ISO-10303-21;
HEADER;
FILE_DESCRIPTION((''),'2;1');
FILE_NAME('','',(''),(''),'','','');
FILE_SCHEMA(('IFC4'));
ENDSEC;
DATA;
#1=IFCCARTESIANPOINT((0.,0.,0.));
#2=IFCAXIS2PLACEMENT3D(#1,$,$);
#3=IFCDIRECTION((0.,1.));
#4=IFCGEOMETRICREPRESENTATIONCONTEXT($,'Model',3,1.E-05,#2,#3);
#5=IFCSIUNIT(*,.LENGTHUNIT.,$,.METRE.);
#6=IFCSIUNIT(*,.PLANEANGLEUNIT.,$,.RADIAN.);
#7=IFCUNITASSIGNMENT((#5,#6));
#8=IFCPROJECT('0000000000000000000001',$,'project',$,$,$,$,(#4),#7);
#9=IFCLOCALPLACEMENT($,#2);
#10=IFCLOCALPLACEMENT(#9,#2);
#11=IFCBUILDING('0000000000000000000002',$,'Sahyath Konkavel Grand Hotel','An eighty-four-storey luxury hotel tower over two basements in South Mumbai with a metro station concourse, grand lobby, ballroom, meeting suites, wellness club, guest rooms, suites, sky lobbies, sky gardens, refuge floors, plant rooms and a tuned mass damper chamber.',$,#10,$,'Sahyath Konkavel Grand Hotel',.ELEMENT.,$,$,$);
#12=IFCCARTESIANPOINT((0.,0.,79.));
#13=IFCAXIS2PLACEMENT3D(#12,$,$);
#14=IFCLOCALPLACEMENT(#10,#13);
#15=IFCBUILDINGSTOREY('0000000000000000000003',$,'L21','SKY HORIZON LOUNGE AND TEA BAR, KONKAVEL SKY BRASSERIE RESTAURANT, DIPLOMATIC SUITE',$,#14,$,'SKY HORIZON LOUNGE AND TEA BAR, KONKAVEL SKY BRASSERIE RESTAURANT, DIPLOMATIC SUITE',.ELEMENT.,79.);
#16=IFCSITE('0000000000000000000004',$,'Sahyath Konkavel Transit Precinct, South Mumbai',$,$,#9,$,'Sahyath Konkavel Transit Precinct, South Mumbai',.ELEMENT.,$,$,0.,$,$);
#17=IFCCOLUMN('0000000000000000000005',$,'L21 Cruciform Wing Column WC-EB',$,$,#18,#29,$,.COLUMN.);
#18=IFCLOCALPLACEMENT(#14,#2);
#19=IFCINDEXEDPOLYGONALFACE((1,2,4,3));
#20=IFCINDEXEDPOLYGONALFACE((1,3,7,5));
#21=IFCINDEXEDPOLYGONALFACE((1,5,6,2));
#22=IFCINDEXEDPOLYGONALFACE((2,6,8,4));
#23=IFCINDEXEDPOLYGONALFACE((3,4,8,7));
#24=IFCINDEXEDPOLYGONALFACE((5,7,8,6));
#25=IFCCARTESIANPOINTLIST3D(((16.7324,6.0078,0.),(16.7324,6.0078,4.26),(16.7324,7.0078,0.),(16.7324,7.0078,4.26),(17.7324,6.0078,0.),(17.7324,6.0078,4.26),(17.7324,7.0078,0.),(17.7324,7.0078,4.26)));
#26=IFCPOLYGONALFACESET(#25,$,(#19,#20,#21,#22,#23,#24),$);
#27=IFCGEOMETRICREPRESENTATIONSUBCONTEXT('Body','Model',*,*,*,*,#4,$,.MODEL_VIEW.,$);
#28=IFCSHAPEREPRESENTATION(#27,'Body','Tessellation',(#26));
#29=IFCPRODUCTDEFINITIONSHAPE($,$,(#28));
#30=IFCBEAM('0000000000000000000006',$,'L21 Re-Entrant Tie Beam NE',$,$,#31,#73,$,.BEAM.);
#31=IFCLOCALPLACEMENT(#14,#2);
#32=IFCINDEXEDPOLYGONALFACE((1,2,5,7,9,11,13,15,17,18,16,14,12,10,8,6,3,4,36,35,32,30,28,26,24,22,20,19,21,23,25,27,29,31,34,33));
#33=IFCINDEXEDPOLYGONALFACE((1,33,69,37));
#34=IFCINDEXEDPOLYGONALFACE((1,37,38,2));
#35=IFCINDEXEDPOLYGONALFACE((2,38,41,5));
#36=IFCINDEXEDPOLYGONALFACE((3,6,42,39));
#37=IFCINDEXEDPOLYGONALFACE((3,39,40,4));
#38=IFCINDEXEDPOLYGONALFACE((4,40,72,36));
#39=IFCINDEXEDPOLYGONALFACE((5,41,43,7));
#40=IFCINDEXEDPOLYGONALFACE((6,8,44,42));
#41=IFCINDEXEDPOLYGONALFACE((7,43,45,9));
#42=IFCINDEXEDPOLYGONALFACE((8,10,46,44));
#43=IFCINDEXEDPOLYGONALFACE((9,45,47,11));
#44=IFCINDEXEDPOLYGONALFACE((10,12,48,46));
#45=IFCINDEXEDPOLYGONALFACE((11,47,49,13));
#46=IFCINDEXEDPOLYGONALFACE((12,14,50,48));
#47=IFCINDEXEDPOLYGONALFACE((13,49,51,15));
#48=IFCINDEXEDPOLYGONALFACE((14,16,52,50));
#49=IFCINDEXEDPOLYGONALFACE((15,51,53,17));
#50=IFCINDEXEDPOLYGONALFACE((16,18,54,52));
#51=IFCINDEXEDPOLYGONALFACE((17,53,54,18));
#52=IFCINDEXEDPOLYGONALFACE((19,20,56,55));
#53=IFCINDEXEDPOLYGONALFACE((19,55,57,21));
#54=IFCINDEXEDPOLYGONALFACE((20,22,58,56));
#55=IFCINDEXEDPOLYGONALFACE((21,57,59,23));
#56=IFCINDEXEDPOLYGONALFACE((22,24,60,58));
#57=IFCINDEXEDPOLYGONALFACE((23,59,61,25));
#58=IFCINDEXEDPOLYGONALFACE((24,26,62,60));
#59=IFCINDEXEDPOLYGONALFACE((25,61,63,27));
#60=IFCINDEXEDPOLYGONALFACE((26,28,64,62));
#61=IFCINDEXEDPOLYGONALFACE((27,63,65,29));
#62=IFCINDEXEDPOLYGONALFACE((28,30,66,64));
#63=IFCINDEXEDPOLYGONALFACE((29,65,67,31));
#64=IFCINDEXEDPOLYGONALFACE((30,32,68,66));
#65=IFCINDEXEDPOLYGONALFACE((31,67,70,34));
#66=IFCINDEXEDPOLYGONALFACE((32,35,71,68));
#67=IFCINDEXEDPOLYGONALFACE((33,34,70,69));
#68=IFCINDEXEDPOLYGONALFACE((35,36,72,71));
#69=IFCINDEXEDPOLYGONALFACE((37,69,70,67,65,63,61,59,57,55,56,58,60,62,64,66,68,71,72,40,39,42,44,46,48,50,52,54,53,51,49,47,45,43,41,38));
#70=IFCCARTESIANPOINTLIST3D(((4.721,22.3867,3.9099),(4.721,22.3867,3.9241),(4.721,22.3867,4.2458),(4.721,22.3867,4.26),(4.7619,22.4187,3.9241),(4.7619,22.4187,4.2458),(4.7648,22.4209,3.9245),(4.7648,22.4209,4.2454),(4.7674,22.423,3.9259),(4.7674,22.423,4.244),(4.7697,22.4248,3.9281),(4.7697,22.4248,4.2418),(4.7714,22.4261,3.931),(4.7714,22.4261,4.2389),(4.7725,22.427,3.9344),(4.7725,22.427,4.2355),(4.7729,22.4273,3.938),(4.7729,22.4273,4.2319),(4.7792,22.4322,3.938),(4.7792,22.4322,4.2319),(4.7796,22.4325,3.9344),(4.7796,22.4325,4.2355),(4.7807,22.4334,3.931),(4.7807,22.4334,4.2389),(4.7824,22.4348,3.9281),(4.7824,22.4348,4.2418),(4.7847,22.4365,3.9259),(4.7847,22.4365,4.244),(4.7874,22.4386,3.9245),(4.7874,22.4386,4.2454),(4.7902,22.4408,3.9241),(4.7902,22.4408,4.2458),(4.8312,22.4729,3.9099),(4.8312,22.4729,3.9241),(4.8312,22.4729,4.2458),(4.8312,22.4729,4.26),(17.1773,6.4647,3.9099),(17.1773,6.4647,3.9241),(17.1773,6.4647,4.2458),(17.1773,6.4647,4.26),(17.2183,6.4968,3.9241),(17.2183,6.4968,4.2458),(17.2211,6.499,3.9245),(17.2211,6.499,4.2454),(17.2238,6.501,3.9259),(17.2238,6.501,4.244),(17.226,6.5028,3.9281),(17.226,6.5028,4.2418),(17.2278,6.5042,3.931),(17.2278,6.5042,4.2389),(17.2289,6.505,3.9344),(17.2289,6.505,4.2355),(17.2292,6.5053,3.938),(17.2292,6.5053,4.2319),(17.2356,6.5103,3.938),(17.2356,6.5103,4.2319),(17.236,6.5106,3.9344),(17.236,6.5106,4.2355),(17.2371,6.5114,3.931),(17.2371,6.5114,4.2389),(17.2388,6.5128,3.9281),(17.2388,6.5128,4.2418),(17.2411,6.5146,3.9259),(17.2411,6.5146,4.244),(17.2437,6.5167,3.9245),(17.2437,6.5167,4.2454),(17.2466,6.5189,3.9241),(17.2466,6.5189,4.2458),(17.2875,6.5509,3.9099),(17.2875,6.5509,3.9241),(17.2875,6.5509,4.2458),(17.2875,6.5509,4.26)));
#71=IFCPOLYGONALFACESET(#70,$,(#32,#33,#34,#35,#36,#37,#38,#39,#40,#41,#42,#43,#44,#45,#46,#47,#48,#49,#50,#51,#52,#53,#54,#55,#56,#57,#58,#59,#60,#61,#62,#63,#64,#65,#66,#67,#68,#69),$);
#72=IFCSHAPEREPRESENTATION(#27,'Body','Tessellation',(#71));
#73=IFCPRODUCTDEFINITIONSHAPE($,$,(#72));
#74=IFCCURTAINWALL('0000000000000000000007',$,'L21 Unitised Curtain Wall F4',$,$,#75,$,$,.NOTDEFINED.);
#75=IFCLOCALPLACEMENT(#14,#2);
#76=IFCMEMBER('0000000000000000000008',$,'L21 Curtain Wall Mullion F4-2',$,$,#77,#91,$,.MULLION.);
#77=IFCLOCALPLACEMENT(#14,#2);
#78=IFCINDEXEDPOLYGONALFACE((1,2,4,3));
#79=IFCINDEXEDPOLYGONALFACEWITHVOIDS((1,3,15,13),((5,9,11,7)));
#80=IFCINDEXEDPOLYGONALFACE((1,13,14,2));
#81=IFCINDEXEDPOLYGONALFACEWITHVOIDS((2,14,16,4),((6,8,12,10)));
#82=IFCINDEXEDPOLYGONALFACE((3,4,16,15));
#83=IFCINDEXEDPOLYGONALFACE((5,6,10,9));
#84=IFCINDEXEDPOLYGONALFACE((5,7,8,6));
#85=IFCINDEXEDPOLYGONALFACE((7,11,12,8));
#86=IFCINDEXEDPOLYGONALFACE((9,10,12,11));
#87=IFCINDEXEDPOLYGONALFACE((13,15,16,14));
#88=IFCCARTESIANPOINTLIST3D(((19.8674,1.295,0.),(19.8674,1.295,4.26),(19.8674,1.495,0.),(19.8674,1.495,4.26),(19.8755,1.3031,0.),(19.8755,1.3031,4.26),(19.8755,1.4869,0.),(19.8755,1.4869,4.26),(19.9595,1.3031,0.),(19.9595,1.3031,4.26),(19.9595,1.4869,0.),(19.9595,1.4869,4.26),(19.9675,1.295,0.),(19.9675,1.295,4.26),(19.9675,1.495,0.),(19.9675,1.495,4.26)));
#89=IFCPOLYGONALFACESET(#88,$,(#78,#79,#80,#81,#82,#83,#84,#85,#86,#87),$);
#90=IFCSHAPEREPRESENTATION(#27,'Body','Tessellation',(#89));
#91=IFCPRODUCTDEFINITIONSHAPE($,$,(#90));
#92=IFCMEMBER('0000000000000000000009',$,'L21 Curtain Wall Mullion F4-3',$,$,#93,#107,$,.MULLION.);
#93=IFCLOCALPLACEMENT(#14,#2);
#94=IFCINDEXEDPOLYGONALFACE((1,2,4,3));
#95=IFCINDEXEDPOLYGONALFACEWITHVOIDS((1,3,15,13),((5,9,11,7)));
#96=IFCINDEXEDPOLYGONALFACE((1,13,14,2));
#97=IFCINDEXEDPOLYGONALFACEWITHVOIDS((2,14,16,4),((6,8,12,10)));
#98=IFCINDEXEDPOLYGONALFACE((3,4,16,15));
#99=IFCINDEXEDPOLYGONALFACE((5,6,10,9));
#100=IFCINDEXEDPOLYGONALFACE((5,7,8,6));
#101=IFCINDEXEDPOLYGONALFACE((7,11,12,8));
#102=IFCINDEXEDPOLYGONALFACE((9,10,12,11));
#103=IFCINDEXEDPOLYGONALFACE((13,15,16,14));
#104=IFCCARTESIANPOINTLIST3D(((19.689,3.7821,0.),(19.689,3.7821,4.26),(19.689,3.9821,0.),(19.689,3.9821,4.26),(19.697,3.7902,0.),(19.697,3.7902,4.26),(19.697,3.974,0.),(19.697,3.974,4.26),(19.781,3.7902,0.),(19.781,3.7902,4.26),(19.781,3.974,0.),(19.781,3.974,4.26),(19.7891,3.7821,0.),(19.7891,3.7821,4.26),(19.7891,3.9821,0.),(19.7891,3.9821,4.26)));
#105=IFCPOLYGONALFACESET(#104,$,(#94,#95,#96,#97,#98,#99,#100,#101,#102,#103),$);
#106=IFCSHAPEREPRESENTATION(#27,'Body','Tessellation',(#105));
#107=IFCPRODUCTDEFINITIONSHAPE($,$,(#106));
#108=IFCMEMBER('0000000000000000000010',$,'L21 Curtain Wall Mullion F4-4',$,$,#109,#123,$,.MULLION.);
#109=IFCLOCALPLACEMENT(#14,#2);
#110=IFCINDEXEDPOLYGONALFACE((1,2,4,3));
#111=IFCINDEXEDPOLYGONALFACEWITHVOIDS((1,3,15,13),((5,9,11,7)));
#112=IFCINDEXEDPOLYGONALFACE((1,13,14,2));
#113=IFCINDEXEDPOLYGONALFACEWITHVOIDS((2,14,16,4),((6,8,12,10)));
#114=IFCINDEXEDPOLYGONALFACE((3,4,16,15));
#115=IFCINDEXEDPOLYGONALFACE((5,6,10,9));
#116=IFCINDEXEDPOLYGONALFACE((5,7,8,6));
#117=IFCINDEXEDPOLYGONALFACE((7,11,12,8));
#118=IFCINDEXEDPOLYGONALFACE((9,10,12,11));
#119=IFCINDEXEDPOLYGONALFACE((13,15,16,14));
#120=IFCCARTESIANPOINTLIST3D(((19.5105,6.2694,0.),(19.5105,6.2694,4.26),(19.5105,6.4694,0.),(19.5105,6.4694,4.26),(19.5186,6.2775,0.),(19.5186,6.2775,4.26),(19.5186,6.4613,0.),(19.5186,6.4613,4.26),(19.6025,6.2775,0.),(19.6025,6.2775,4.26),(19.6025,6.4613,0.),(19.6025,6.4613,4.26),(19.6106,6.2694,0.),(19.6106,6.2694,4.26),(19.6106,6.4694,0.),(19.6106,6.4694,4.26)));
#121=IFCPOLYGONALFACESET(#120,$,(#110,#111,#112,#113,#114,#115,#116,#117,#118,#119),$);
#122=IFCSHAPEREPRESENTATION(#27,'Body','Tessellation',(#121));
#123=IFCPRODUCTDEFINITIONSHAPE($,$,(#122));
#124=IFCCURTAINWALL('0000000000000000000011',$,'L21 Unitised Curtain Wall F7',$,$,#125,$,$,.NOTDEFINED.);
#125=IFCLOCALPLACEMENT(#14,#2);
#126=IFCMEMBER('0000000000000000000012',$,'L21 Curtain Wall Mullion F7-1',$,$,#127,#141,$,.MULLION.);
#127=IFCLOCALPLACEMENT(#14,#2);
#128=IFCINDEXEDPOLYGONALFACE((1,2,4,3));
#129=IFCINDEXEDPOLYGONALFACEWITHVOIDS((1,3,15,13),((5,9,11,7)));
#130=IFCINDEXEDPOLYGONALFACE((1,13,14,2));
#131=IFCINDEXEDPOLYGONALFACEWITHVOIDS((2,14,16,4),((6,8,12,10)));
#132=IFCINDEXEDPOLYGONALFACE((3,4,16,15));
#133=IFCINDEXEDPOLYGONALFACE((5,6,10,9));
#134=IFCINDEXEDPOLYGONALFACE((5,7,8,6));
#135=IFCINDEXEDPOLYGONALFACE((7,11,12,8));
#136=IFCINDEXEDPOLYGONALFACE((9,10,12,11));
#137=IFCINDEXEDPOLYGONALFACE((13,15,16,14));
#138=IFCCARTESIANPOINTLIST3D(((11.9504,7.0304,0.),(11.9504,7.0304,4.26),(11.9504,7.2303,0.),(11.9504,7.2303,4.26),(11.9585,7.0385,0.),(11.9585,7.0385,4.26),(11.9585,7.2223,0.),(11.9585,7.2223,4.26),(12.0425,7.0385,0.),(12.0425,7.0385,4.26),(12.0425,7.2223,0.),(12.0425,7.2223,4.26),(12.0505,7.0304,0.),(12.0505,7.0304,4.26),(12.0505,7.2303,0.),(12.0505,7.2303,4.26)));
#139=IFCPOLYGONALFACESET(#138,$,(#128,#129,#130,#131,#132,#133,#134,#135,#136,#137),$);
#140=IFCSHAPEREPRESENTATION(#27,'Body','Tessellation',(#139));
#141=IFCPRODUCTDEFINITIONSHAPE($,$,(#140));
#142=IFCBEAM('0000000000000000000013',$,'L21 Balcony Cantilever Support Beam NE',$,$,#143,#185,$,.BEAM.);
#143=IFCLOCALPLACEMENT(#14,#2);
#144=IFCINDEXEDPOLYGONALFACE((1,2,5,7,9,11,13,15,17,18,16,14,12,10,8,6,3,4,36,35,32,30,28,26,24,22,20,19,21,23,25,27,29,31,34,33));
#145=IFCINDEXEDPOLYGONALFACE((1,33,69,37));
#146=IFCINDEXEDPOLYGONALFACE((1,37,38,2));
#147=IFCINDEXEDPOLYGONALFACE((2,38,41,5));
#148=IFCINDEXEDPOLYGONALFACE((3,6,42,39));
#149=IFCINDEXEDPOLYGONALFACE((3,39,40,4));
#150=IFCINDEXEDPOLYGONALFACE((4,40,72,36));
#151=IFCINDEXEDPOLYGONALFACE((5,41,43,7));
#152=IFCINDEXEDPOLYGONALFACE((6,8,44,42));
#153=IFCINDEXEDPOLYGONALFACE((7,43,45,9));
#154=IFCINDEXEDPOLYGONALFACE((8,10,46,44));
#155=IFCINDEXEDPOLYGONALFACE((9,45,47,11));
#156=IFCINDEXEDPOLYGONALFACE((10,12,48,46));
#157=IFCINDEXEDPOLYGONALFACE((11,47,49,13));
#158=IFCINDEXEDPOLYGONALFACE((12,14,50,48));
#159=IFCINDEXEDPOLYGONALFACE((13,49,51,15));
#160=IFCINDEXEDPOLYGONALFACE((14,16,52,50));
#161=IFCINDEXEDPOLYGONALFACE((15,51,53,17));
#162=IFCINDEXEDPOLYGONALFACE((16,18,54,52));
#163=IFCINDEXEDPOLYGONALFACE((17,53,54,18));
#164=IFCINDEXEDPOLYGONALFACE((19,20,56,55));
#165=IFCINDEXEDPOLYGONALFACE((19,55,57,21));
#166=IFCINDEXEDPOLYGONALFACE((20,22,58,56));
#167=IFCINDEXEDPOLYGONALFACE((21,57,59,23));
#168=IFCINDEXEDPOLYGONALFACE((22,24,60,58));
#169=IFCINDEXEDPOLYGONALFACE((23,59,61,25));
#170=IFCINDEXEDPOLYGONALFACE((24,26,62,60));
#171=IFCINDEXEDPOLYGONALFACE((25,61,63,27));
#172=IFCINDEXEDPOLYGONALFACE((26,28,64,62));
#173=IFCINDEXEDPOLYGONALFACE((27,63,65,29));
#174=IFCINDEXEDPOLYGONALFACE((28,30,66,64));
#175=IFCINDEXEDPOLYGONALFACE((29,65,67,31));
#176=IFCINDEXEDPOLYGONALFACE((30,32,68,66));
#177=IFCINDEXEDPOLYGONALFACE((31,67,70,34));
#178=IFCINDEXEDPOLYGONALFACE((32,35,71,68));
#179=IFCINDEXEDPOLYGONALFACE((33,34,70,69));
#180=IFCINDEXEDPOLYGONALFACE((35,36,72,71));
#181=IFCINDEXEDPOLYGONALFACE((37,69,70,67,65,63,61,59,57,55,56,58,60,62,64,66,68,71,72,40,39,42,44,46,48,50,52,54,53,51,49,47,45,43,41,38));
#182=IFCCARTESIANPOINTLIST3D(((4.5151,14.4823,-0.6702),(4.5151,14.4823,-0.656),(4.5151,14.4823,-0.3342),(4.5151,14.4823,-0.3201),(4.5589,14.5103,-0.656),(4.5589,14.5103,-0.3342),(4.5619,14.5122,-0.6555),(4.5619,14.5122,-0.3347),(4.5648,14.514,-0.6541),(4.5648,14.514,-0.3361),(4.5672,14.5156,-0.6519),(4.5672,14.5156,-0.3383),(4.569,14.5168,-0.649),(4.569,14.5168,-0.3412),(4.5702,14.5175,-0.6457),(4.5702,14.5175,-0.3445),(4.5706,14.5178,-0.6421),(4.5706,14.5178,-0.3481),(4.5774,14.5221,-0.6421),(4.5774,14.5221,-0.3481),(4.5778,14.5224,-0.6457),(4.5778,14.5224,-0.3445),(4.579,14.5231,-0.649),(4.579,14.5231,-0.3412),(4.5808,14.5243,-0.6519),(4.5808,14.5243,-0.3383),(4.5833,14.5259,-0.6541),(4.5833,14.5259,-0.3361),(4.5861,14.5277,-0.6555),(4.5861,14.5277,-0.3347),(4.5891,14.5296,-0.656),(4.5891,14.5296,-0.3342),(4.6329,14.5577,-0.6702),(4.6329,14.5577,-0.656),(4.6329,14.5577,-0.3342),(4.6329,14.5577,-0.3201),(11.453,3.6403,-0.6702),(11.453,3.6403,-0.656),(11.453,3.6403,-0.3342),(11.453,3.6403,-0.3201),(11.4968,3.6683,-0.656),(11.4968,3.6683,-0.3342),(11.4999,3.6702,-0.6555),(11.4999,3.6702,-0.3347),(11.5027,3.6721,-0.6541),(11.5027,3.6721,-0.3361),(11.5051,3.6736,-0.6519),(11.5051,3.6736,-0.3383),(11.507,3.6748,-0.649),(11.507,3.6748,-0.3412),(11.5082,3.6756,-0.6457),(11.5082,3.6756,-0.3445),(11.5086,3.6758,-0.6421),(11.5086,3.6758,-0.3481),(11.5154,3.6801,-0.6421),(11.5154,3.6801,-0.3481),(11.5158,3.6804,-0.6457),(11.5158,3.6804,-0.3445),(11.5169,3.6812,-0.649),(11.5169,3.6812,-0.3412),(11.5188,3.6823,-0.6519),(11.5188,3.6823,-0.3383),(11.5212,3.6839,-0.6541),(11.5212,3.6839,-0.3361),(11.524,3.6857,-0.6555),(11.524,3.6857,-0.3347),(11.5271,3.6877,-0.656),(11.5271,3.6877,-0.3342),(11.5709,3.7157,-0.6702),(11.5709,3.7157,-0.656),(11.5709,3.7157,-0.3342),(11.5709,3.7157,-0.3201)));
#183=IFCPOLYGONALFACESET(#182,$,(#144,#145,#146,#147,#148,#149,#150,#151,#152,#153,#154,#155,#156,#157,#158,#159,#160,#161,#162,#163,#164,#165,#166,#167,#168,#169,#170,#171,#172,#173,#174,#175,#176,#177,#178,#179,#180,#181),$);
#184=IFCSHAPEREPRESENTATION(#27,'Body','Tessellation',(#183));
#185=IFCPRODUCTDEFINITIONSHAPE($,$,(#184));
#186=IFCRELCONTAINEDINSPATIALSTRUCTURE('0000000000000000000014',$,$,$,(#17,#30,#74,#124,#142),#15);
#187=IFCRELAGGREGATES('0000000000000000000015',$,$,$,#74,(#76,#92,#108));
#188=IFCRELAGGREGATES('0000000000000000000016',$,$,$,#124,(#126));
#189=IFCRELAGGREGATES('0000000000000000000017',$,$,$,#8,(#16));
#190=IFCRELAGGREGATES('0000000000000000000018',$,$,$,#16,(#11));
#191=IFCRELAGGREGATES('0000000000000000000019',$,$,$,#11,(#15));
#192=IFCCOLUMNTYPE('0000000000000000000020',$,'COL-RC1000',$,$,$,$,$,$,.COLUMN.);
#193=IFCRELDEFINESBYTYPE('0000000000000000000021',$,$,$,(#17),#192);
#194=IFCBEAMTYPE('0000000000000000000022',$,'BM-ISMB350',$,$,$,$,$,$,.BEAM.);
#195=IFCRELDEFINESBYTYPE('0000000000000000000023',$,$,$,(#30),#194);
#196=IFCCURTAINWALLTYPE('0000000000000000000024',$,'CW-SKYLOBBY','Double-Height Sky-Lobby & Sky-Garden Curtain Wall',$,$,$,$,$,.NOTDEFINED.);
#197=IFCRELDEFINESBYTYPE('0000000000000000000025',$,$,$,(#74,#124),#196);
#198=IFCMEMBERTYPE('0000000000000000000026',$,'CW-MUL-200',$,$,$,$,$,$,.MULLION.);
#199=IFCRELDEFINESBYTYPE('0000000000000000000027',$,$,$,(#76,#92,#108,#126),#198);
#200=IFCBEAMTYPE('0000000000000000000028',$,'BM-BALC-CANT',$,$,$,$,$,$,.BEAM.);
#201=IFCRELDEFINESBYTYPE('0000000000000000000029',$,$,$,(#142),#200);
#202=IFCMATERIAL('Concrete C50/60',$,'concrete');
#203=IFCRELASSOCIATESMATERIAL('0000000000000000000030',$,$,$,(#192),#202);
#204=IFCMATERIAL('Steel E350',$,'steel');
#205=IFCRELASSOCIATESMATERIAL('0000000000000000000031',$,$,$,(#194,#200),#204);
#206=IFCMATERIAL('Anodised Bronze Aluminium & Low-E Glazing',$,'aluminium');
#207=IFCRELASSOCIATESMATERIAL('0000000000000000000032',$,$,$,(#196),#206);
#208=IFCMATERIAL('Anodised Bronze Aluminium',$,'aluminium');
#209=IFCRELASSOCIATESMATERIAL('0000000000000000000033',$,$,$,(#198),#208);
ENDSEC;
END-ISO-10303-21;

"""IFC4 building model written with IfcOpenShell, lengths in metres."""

from ifc_helpers import new_model, si_unit, direction, frame, origin, origin_2d, place, context, subcontext, project, spatial, rectangle, hollow_rectangle, i_section, extrude, source, transform, mapped, material, material_profile, profile_set, type_object, element, aggregate, save


model = new_model("IFC4")

# Units and contexts
model_context = context("Model", 3, precision=1e-05, world=origin(), true_north=direction((0.0, 1.0)))
body_context = subcontext(model_context, "Body", "Model", "MODEL_VIEW")
ifc_project = project(units=[si_unit("LENGTHUNIT", "METRE"), si_unit("PLANEANGLEUNIT", "RADIAN")], contexts=[model_context])

# Site, building, storey
site_placement = place(None, origin())
site = spatial("IfcSite", under=ifc_project, at=site_placement, Name="Sahyath Konkavel Transit Precinct, South Mumbai", LongName="Sahyath Konkavel Transit Precinct, South Mumbai", CompositionType="ELEMENT", RefElevation=0.0)
building_placement = place(site_placement, origin())
building = spatial("IfcBuilding", under=site, at=building_placement, Name="Sahyath Konkavel Grand Hotel", Description="An eighty-four-storey luxury hotel tower over two basements in South Mumbai with a metro station concourse, grand lobby, ballroom, meeting suites, wellness club, guest rooms, suites, sky lobbies, sky gardens, refuge floors, plant rooms and a tuned mass damper chamber.", LongName="Sahyath Konkavel Grand Hotel", CompositionType="ELEMENT")
storey_placement = place(building_placement, frame((0.0, 0.0, 79.0)))
storey = spatial("IfcBuildingStorey", under=building, at=storey_placement, Name="L21", Description="SKY HORIZON LOUNGE AND TEA BAR, KONKAVEL SKY BRASSERIE RESTAURANT, DIPLOMATIC SUITE", LongName="SKY HORIZON LOUNGE AND TEA BAR, KONKAVEL SKY BRASSERIE RESTAURANT, DIPLOMATIC SUITE", CompositionType="ELEMENT", Elevation=79.0)

# Column
ifc_material_1 = material(Name="Concrete C50/60", Category="concrete")
ifc_material_profile_1 = material_profile(ifc_material_1, rectangle(XDim=1.0, YDim=1.0, at=origin_2d()), Name="RC 1000x1000")
ifc_profile_set_1 = profile_set([ifc_material_profile_1], Name="Concrete C50/60")
column_type = type_object("IfcColumnType", Name="COL-RC1000", PredefinedType="COLUMN", material=ifc_profile_set_1)
shared_shape_1 = source(origin(), body_context, "Body", "SweptSolid", [
    extrude(rectangle(XDim=1.0, YDim=1.0, at=origin_2d()), origin(), (0.0, 0.0, 1.0), 4.26),
])
column_placement = place(storey_placement, frame((17.2324, 6.5078, 0.0), z_axis=(0.0, 0.0, 1.0), x_axis=(1.0, 0.0, 0.0)))
element("IfcColumn", 1, at=column_placement, inside=storey, type_object=column_type, Name="L21 Cruciform Wing Column WC-EB", PredefinedType="COLUMN", context=body_context, shape_type="MappedRepresentation", body=[
    mapped(shared_shape_1, transform((0.0, 0.0, 0.0), scale=1.0)),
])

# Beam
ifc_material_2 = material(Name="Steel E350", Category="steel")
ifc_material_profile_2 = material_profile(ifc_material_2, i_section(OverallWidth=0.1399, OverallDepth=0.3501, WebThickness=0.0081, FlangeThickness=0.0142, FilletRadius=0.0139, at=origin_2d()), Name="ISMB 350")
ifc_profile_set_2 = profile_set([ifc_material_profile_2], Name="Steel E350")
beam_type_1 = type_object("IfcBeamType", Name="BM-ISMB350", PredefinedType="BEAM", material=ifc_profile_set_2)
shared_shape_2 = source(origin(), body_context, "Body", "SweptSolid", [
    extrude(i_section(OverallWidth=0.1399, OverallDepth=0.3501, WebThickness=0.0081, FlangeThickness=0.0142, FilletRadius=0.0139, at=origin_2d()), origin(), (0.0, 0.0, 1.0), 20.2156),
])
beam_1_placement = place(storey_placement, frame((17.2324, 6.5078, 4.085), z_axis=(-0.616176, 0.787608, 0.0), x_axis=(-0.787608, -0.616176, 0.0)))
element("IfcBeam", 2, at=beam_1_placement, inside=storey, type_object=beam_type_1, Name="L21 Re-Entrant Tie Beam NE", PredefinedType="BEAM", context=body_context, shape_type="MappedRepresentation", body=[
    mapped(shared_shape_2, transform((0.0, 0.0, 0.0), scale=1.0)),
])

# Curtain wall, members
ifc_material_3 = material(Name="Anodised Bronze Aluminium & Low-E Glazing", Category="aluminium")
curtain_wall_type = type_object("IfcCurtainWallType", Name="CW-SKYLOBBY", Description="Double-Height Sky-Lobby & Sky-Garden Curtain Wall", PredefinedType="NOTDEFINED", material=ifc_material_3)
curtain_wall_1_placement = place(storey_placement, origin())
curtain_wall_1 = element("IfcCurtainWall", 3, at=curtain_wall_1_placement, inside=storey, type_object=curtain_wall_type, Name="L21 Unitised Curtain Wall F4", PredefinedType="NOTDEFINED")
ifc_material_4 = material(Name="Anodised Bronze Aluminium", Category="aluminium")
ifc_material_profile_3 = material_profile(ifc_material_4, hollow_rectangle(XDim=0.1001, YDim=0.2, WallThickness=0.0081, at=origin_2d()), Name="RHS 200x100x8")
ifc_profile_set_3 = profile_set([ifc_material_profile_3], Name="Anodised Bronze Aluminium")
member_type_1 = type_object("IfcMemberType", Name="CW-MUL-200", PredefinedType="MULLION", material=ifc_profile_set_3)
shared_shape_3 = source(origin(), body_context, "Body", "SweptSolid", [
    extrude(hollow_rectangle(XDim=0.1001, YDim=0.2, WallThickness=0.0081, at=origin_2d()), origin(), (0.0, 0.0, 1.0), 4.26),
])
member_1_placement = place(storey_placement, frame((19.9175, 1.395, 0.0), z_axis=(0.0, 0.0, 1.0), x_axis=(1.0, 0.0, 0.0)))
member_1 = element("IfcMember", 4, at=member_1_placement, type_object=member_type_1, Name="L21 Curtain Wall Mullion F4-2", PredefinedType="MULLION", context=body_context, shape_type="MappedRepresentation", body=[
    mapped(shared_shape_3, transform((0.0, 0.0, 0.0), scale=1.0)),
])
member_2_placement = place(storey_placement, frame((19.739, 3.8821, 0.0), z_axis=(0.0, 0.0, 1.0), x_axis=(1.0, 0.0, 0.0)))
member_2 = element("IfcMember", 5, at=member_2_placement, type_object=member_type_1, Name="L21 Curtain Wall Mullion F4-3", PredefinedType="MULLION", context=body_context, shape_type="MappedRepresentation", body=[
    mapped(shared_shape_3, transform((0.0, 0.0, 0.0), scale=1.0)),
])
member_3_placement = place(storey_placement, frame((19.5605, 6.3694, 0.0), z_axis=(0.0, 0.0, 1.0), x_axis=(1.0, 0.0, 0.0)))
member_3 = element("IfcMember", 6, at=member_3_placement, type_object=member_type_1, Name="L21 Curtain Wall Mullion F4-4", PredefinedType="MULLION", context=body_context, shape_type="MappedRepresentation", body=[
    mapped(shared_shape_3, transform((0.0, 0.0, 0.0), scale=1.0)),
])

# Curtain wall, member
curtain_wall_2_placement = place(storey_placement, origin())
curtain_wall_2 = element("IfcCurtainWall", 7, at=curtain_wall_2_placement, inside=storey, type_object=curtain_wall_type, Name="L21 Unitised Curtain Wall F7", PredefinedType="NOTDEFINED")
member_4_placement = place(storey_placement, frame((12.0005, 7.1304, 0.0), z_axis=(0.0, 0.0, 1.0), x_axis=(1.0, 0.0, 0.0)))
member_4 = element("IfcMember", 8, at=member_4_placement, type_object=member_type_1, Name="L21 Curtain Wall Mullion F7-1", PredefinedType="MULLION", context=body_context, shape_type="MappedRepresentation", body=[
    mapped(shared_shape_3, transform((0.0, 0.0, 0.0), scale=1.0)),
])

# Beam
ifc_material_profile_4 = material_profile(ifc_material_2, i_section(OverallWidth=0.1399, OverallDepth=0.3501, WebThickness=0.0081, FlangeThickness=0.0142, FilletRadius=0.0139, at=origin_2d()), Name="ISMB 350")
ifc_profile_set_4 = profile_set([ifc_material_profile_4], Name="Steel E350")
beam_type_2 = type_object("IfcBeamType", Name="BM-BALC-CANT", PredefinedType="BEAM", material=ifc_profile_set_4)
shared_shape_4 = source(origin(), body_context, "Body", "SweptSolid", [
    extrude(i_section(OverallWidth=0.1399, OverallDepth=0.3501, WebThickness=0.0081, FlangeThickness=0.0142, FilletRadius=0.0139, at=origin_2d()), origin(), (0.0, 0.0, 1.0), 12.8718),
])
beam_2_placement = place(storey_placement, frame((11.512, 3.678, -0.4951), z_axis=(-0.539003, 0.842304, 0.0), x_axis=(-0.842304, -0.539003, 0.0)))
element("IfcBeam", 9, at=beam_2_placement, inside=storey, type_object=beam_type_2, Name="L21 Balcony Cantilever Support Beam NE", PredefinedType="BEAM", context=body_context, shape_type="MappedRepresentation", body=[
    mapped(shared_shape_4, transform((0.0, 0.0, 0.0), scale=1.0)),
])

aggregate(curtain_wall_1, [member_1, member_2, member_3])
aggregate(curtain_wall_2, [member_4])

save(model, "model.ifc")
